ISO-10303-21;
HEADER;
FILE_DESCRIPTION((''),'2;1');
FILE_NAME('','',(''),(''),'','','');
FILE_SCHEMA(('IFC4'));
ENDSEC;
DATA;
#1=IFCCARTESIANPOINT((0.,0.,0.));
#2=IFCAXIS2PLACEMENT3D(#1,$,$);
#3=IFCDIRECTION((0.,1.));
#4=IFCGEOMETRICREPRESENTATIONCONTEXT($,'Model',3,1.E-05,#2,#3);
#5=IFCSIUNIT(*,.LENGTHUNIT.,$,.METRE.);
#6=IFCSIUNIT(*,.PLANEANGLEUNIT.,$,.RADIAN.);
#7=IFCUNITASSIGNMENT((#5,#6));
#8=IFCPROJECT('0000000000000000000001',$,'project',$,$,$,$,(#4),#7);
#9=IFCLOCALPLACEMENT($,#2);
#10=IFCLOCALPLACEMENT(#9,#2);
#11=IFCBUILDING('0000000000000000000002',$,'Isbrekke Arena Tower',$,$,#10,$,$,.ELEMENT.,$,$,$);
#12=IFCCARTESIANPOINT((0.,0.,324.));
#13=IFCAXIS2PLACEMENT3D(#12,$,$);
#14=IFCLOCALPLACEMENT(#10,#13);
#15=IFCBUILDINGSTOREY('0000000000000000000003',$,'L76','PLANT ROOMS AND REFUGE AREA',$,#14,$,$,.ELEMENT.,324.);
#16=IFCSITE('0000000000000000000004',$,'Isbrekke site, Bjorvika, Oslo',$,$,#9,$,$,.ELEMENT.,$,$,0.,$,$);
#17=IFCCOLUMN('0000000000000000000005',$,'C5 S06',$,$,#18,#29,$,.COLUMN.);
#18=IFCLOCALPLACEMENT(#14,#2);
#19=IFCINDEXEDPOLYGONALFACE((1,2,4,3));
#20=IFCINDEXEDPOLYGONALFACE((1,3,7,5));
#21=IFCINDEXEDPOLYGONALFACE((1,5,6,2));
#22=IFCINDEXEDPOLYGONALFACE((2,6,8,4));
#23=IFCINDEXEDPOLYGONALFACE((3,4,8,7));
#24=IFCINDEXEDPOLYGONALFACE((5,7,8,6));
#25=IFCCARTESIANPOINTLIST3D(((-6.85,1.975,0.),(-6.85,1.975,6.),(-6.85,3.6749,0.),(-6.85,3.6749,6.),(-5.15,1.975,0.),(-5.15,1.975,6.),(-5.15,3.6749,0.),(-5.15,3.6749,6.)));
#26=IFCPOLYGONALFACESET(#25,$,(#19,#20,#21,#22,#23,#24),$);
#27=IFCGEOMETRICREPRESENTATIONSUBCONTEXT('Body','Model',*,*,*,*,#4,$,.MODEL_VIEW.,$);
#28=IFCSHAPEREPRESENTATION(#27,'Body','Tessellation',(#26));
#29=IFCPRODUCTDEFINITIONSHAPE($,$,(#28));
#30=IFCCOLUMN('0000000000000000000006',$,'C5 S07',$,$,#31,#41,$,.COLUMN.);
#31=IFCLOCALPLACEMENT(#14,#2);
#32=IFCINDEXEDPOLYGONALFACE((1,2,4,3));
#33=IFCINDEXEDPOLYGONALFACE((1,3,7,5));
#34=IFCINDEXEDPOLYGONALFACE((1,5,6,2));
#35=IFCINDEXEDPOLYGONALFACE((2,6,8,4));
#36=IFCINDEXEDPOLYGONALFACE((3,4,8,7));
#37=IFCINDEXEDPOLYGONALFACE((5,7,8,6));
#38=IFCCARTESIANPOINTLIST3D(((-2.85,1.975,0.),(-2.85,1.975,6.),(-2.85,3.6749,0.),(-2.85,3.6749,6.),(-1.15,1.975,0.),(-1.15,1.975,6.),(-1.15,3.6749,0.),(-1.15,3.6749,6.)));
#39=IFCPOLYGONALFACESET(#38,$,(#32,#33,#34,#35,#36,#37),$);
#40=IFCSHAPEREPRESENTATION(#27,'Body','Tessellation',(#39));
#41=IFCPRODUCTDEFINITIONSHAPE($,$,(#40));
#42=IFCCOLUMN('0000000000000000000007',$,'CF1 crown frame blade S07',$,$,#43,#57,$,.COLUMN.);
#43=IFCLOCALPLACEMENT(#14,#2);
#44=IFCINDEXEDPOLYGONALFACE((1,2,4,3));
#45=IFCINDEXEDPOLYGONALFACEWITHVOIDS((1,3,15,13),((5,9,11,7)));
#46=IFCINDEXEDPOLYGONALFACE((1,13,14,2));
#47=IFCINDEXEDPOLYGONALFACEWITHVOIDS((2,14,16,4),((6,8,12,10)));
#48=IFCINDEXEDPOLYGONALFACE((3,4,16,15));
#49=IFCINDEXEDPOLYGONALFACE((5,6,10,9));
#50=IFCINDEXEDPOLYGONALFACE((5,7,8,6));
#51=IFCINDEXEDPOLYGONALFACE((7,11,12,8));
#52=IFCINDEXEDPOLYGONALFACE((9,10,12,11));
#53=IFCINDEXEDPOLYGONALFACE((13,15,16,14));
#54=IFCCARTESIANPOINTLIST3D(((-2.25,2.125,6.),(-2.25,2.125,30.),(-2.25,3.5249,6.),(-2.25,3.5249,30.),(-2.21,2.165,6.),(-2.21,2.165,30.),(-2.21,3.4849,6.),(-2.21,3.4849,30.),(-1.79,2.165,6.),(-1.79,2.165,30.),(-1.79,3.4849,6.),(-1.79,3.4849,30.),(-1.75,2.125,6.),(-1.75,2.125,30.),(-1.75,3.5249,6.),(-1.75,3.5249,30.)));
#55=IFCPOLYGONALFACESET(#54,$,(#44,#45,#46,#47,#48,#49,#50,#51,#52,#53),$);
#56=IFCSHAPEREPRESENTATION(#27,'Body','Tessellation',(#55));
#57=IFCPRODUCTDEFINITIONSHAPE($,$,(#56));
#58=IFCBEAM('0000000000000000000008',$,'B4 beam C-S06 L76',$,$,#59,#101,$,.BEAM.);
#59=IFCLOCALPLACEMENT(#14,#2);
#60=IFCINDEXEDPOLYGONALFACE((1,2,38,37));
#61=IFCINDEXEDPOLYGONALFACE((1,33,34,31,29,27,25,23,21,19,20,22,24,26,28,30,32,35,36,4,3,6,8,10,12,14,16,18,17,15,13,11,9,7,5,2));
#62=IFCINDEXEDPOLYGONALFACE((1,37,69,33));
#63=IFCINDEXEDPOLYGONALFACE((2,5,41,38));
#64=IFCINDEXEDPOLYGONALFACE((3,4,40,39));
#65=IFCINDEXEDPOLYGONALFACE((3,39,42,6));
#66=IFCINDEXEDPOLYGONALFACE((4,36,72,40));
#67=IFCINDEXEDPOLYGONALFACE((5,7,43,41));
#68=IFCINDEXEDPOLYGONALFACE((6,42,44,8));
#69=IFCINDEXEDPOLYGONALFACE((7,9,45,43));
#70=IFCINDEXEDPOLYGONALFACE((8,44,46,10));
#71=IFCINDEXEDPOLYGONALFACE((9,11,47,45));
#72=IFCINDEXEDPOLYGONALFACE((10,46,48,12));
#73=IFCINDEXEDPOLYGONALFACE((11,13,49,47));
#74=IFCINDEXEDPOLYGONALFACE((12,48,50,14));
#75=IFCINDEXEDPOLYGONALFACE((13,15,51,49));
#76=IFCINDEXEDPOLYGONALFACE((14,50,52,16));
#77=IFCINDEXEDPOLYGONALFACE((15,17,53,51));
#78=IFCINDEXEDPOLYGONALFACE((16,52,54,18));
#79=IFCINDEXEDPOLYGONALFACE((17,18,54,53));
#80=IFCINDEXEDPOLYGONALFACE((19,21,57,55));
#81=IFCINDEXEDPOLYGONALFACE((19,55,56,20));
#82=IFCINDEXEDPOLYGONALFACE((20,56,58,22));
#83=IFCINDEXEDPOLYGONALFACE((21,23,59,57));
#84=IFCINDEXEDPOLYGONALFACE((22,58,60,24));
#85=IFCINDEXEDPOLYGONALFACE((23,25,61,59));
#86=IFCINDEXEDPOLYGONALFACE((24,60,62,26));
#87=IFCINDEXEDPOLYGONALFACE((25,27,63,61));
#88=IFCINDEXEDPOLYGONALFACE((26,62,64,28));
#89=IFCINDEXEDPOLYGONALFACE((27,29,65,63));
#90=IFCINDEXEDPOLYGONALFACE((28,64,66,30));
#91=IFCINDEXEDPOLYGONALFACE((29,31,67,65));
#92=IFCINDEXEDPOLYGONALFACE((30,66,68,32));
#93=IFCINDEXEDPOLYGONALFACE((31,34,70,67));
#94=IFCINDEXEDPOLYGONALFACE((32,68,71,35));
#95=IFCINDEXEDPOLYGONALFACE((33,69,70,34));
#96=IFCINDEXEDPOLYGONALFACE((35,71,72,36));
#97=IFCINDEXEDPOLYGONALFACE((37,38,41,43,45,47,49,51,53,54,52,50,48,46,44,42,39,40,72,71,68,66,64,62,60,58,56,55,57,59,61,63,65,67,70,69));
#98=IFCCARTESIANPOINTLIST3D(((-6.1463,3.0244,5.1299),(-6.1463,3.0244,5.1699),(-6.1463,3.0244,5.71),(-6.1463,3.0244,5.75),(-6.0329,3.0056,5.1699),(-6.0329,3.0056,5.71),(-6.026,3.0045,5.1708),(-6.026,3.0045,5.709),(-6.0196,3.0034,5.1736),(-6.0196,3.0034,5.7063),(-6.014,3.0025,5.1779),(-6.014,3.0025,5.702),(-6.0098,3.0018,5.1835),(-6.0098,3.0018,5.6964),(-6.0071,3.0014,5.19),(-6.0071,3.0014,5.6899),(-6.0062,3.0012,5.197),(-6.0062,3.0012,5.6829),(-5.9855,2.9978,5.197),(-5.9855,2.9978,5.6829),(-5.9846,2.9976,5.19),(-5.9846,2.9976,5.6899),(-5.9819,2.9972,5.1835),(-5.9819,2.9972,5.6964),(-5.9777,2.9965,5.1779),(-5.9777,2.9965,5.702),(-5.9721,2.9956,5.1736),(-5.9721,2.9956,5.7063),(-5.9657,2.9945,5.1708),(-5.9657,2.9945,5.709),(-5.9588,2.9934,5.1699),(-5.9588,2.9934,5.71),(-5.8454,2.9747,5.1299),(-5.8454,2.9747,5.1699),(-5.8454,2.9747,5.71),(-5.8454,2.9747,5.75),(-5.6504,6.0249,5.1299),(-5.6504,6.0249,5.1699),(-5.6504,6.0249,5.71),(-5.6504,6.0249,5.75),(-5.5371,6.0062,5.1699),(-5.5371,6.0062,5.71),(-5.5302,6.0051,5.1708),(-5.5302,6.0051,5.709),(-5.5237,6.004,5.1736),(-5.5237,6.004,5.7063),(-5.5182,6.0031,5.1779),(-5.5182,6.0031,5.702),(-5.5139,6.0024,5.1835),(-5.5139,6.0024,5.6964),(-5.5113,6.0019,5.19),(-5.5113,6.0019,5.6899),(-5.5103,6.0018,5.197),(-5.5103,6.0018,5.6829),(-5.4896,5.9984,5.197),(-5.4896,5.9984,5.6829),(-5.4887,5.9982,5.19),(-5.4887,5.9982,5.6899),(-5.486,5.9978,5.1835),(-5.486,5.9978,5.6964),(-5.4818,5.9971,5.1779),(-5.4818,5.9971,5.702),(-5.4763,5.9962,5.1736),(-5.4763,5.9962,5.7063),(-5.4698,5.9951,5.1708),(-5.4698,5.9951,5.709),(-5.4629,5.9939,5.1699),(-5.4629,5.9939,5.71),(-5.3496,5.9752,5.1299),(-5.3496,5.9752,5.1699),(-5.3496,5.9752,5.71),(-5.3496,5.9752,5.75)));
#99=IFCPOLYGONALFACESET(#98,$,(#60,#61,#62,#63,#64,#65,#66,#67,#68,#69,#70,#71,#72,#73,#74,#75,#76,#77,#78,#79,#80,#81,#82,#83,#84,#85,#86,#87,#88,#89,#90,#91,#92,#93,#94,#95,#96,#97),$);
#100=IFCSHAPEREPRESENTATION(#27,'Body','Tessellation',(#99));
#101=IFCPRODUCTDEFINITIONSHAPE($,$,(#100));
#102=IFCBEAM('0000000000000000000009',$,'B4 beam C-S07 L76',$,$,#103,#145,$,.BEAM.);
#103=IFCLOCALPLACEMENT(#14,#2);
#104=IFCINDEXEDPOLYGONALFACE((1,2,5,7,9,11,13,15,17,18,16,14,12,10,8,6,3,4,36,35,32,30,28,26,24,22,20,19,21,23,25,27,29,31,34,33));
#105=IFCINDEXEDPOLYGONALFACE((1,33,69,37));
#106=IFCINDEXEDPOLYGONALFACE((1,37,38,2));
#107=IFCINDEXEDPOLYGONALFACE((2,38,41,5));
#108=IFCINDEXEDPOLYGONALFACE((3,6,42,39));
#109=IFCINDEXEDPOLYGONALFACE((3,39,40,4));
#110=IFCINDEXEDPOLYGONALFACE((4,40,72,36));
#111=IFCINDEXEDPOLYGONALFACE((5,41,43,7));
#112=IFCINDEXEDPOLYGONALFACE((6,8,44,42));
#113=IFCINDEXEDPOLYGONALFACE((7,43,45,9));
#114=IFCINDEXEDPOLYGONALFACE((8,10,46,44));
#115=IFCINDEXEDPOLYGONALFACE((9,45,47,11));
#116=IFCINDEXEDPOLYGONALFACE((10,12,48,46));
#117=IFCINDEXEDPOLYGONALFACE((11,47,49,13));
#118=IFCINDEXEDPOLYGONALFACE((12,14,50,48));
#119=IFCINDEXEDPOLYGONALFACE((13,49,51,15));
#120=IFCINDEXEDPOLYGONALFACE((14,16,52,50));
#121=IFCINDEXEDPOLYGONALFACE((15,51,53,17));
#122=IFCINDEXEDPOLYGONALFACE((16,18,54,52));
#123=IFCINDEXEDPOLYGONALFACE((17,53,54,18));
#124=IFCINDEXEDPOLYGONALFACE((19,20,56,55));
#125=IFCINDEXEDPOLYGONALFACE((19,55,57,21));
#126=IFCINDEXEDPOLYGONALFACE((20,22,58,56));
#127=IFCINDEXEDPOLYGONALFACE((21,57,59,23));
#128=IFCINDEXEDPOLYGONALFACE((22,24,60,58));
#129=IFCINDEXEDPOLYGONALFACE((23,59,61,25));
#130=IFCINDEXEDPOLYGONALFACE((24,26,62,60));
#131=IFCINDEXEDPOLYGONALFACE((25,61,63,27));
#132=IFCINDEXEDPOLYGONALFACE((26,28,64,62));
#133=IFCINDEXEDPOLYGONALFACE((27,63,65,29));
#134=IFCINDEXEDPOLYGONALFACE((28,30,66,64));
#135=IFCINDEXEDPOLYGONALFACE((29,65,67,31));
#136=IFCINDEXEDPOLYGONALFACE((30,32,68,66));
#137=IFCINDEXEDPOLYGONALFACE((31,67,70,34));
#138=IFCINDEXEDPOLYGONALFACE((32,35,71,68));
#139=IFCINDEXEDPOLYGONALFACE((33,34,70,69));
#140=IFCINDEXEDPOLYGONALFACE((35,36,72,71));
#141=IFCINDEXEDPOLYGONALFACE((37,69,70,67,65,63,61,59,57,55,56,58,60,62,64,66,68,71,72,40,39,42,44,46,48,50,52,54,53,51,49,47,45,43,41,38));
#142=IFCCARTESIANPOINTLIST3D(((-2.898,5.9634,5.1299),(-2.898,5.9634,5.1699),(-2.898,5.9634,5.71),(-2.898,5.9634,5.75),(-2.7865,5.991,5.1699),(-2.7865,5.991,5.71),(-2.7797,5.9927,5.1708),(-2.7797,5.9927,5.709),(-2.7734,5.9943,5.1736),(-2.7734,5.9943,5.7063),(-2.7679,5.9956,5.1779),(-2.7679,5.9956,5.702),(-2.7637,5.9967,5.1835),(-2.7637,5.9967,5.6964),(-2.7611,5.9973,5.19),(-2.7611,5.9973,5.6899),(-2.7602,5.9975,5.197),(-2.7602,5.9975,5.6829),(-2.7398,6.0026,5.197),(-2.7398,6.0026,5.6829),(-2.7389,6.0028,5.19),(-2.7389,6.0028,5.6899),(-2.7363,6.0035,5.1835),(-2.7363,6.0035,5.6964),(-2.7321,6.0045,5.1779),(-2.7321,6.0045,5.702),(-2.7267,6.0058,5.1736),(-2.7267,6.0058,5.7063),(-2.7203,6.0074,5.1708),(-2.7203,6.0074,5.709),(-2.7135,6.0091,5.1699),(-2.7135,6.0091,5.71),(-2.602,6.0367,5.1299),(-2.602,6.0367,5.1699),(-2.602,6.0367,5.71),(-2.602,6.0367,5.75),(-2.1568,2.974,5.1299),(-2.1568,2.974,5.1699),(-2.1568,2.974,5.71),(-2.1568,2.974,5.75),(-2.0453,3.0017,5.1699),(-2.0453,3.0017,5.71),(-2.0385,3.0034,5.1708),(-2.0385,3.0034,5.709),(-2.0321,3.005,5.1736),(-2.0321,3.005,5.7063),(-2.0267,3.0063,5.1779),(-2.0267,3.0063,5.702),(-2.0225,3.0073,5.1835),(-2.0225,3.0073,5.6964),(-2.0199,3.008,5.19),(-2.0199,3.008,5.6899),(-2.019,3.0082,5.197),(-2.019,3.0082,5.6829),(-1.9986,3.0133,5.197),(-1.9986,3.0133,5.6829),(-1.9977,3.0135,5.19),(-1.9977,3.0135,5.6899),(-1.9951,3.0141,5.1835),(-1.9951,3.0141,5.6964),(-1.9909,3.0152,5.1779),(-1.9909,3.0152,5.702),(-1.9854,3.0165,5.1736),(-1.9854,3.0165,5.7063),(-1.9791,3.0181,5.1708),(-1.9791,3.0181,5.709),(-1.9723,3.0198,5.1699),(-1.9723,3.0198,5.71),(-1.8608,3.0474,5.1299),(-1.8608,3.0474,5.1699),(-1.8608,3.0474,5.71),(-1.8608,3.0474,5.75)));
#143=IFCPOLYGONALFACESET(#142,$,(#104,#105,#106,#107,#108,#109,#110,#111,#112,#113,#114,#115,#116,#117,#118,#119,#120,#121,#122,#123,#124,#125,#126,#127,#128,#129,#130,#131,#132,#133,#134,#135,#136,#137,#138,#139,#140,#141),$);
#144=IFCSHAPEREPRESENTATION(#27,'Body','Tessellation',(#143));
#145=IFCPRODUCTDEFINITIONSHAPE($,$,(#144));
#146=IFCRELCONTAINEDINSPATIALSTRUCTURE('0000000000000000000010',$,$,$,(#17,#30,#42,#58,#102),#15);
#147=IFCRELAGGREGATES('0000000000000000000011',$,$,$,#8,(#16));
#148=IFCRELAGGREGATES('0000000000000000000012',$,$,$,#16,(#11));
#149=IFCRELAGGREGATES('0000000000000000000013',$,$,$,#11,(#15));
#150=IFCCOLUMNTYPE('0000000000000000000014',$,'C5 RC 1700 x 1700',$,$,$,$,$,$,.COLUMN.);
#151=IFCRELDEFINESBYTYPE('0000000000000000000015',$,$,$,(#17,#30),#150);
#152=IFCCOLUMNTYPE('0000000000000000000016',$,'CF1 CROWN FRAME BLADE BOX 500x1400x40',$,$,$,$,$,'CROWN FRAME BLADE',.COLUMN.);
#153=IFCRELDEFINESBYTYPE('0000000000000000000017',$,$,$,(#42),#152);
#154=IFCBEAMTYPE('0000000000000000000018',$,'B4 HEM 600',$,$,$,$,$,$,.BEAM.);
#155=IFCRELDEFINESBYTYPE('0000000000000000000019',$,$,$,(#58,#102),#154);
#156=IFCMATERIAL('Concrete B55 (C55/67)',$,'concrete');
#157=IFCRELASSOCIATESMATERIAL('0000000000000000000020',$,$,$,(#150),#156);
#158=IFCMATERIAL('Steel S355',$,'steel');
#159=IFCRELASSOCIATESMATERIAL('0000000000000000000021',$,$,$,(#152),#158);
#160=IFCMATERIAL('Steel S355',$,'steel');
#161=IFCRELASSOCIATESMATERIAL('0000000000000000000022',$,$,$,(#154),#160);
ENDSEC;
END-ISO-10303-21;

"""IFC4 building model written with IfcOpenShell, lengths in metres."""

from ifc_helpers import new_model, si_unit, direction, frame, origin, origin_2d, place, context, subcontext, project, spatial, rectangle, hollow_rectangle, i_section, extrude, material, material_profile, profile_set, type_object, element, save


model = new_model("IFC4")

# Units and contexts
model_context = context("Model", 3, precision=1e-05, world=origin(), true_north=direction((0.0, 1.0)))
body_context = subcontext(model_context, "Body", "Model", "MODEL_VIEW")
ifc_project = project(units=[si_unit("LENGTHUNIT", "METRE"), si_unit("PLANEANGLEUNIT", "RADIAN")], contexts=[model_context])

# Site, building, storey
site_placement = place(None, origin())
site = spatial("IfcSite", under=ifc_project, at=site_placement, Name="Isbrekke site, Bjorvika, Oslo", CompositionType="ELEMENT", RefElevation=0.0)
building_placement = place(site_placement, origin())
building = spatial("IfcBuilding", under=site, at=building_placement, Name="Isbrekke Arena Tower", CompositionType="ELEMENT")
storey_placement = place(building_placement, frame((0.0, 0.0, 324.0)))
storey = spatial("IfcBuildingStorey", under=building, at=storey_placement, Name="L76", Description="PLANT ROOMS AND REFUGE AREA", CompositionType="ELEMENT", Elevation=324.0)

# Columns
ifc_material_1 = material(Name="Concrete B55 (C55/67)", Category="concrete")
ifc_material_profile_1 = material_profile(ifc_material_1, rectangle(XDim=1.7, YDim=1.7, at=origin_2d()), Name="RC 1700x1700")
ifc_profile_set_1 = profile_set([ifc_material_profile_1], Name="Concrete B55 (C55/67)")
column_type_1 = type_object("IfcColumnType", Name="C5 RC 1700 x 1700", PredefinedType="COLUMN", material=ifc_profile_set_1)
for number, where, z_axis, x_axis, name in (
    (1, (-6.0, 2.825, 0.0), (0.0, 0.0, 1.0), (1.0, 0.0, 0.0), "C5 S06"),
    (2, (-2.0, 2.825, 0.0), (0.0, 0.0, 1.0), (1.0, 0.0, 0.0), "C5 S07"),
):
    element("IfcColumn", number, at=place(storey_placement, frame(where, z_axis=z_axis, x_axis=x_axis)), inside=storey, type_object=column_type_1, Name=name, PredefinedType="COLUMN", context=body_context, shape_type="SweptSolid", body=[
        extrude(rectangle(XDim=1.7, YDim=1.7, at=origin_2d()), origin(), (0.0, 0.0, 1.0), 6.0),
    ])
ifc_material_2 = material(Name="Steel S355", Category="steel")
ifc_material_profile_2 = material_profile(ifc_material_2, hollow_rectangle(XDim=0.5, YDim=1.3999, WallThickness=0.04, at=origin_2d()), Name="BOX 500x1400x40")
ifc_profile_set_2 = profile_set([ifc_material_profile_2], Name="Steel S355")
column_type_2 = type_object("IfcColumnType", Name="CF1 CROWN FRAME BLADE BOX 500x1400x40", ElementType="CROWN FRAME BLADE", PredefinedType="COLUMN", material=ifc_profile_set_2)
column_placement = place(storey_placement, frame((-2.0, 2.825, 6.0), z_axis=(0.0, 0.0, 1.0), x_axis=(1.0, 0.0, 0.0)))
element("IfcColumn", 3, at=column_placement, inside=storey, type_object=column_type_2, Name="CF1 crown frame blade S07", PredefinedType="COLUMN", context=body_context, shape_type="SweptSolid", body=[
    extrude(hollow_rectangle(XDim=0.5, YDim=1.3999, WallThickness=0.04, at=origin_2d()), origin(), (0.0, 0.0, 1.0), 24.0),
])

# Beams
ifc_material_3 = material(Name="Steel S355", Category="steel")
ifc_material_profile_3 = material_profile(ifc_material_3, i_section(OverallWidth=0.3049, OverallDepth=0.6201, WebThickness=0.021, FlangeThickness=0.04, FilletRadius=0.0271, at=origin_2d()), Name="HEM 600")
ifc_profile_set_3 = profile_set([ifc_material_profile_3], Name="Steel S355")
beam_type_1 = type_object("IfcBeamType", Name="B4 HEM 600", PredefinedType="BEAM", material=ifc_profile_set_3)
beam_1_placement = place(storey_placement, frame((-5.9958, 2.9995, 5.4399), z_axis=(0.163045, 0.986619, 0.0), x_axis=(-0.986619, 0.163045, 0.0)))
element("IfcBeam", 4, at=beam_1_placement, inside=storey, type_object=beam_type_1, Name="B4 beam C-S06 L76", PredefinedType="BEAM", context=body_context, shape_type="SweptSolid", body=[
    extrude(i_section(OverallWidth=0.3049, OverallDepth=0.6201, WebThickness=0.021, FlangeThickness=0.04, FilletRadius=0.0271, at=origin_2d()), origin(), (0.0, 0.0, 1.0), 3.0413),
])
beam_2_placement = place(storey_placement, frame((-2.0088, 3.0107, 5.4399), z_axis=(-0.24067, 0.970607, 0.0), x_axis=(-0.970607, -0.24067, 0.0)))
element("IfcBeam", 5, at=beam_2_placement, inside=storey, type_object=beam_type_1, Name="B4 beam C-S07 L76", PredefinedType="BEAM", context=body_context, shape_type="SweptSolid", body=[
    extrude(i_section(OverallWidth=0.3049, OverallDepth=0.6201, WebThickness=0.021, FlangeThickness=0.04, FilletRadius=0.0271, at=origin_2d()), origin(), (0.0, 0.0, 1.0), 3.0798),
])

save(model, "model.ifc")
